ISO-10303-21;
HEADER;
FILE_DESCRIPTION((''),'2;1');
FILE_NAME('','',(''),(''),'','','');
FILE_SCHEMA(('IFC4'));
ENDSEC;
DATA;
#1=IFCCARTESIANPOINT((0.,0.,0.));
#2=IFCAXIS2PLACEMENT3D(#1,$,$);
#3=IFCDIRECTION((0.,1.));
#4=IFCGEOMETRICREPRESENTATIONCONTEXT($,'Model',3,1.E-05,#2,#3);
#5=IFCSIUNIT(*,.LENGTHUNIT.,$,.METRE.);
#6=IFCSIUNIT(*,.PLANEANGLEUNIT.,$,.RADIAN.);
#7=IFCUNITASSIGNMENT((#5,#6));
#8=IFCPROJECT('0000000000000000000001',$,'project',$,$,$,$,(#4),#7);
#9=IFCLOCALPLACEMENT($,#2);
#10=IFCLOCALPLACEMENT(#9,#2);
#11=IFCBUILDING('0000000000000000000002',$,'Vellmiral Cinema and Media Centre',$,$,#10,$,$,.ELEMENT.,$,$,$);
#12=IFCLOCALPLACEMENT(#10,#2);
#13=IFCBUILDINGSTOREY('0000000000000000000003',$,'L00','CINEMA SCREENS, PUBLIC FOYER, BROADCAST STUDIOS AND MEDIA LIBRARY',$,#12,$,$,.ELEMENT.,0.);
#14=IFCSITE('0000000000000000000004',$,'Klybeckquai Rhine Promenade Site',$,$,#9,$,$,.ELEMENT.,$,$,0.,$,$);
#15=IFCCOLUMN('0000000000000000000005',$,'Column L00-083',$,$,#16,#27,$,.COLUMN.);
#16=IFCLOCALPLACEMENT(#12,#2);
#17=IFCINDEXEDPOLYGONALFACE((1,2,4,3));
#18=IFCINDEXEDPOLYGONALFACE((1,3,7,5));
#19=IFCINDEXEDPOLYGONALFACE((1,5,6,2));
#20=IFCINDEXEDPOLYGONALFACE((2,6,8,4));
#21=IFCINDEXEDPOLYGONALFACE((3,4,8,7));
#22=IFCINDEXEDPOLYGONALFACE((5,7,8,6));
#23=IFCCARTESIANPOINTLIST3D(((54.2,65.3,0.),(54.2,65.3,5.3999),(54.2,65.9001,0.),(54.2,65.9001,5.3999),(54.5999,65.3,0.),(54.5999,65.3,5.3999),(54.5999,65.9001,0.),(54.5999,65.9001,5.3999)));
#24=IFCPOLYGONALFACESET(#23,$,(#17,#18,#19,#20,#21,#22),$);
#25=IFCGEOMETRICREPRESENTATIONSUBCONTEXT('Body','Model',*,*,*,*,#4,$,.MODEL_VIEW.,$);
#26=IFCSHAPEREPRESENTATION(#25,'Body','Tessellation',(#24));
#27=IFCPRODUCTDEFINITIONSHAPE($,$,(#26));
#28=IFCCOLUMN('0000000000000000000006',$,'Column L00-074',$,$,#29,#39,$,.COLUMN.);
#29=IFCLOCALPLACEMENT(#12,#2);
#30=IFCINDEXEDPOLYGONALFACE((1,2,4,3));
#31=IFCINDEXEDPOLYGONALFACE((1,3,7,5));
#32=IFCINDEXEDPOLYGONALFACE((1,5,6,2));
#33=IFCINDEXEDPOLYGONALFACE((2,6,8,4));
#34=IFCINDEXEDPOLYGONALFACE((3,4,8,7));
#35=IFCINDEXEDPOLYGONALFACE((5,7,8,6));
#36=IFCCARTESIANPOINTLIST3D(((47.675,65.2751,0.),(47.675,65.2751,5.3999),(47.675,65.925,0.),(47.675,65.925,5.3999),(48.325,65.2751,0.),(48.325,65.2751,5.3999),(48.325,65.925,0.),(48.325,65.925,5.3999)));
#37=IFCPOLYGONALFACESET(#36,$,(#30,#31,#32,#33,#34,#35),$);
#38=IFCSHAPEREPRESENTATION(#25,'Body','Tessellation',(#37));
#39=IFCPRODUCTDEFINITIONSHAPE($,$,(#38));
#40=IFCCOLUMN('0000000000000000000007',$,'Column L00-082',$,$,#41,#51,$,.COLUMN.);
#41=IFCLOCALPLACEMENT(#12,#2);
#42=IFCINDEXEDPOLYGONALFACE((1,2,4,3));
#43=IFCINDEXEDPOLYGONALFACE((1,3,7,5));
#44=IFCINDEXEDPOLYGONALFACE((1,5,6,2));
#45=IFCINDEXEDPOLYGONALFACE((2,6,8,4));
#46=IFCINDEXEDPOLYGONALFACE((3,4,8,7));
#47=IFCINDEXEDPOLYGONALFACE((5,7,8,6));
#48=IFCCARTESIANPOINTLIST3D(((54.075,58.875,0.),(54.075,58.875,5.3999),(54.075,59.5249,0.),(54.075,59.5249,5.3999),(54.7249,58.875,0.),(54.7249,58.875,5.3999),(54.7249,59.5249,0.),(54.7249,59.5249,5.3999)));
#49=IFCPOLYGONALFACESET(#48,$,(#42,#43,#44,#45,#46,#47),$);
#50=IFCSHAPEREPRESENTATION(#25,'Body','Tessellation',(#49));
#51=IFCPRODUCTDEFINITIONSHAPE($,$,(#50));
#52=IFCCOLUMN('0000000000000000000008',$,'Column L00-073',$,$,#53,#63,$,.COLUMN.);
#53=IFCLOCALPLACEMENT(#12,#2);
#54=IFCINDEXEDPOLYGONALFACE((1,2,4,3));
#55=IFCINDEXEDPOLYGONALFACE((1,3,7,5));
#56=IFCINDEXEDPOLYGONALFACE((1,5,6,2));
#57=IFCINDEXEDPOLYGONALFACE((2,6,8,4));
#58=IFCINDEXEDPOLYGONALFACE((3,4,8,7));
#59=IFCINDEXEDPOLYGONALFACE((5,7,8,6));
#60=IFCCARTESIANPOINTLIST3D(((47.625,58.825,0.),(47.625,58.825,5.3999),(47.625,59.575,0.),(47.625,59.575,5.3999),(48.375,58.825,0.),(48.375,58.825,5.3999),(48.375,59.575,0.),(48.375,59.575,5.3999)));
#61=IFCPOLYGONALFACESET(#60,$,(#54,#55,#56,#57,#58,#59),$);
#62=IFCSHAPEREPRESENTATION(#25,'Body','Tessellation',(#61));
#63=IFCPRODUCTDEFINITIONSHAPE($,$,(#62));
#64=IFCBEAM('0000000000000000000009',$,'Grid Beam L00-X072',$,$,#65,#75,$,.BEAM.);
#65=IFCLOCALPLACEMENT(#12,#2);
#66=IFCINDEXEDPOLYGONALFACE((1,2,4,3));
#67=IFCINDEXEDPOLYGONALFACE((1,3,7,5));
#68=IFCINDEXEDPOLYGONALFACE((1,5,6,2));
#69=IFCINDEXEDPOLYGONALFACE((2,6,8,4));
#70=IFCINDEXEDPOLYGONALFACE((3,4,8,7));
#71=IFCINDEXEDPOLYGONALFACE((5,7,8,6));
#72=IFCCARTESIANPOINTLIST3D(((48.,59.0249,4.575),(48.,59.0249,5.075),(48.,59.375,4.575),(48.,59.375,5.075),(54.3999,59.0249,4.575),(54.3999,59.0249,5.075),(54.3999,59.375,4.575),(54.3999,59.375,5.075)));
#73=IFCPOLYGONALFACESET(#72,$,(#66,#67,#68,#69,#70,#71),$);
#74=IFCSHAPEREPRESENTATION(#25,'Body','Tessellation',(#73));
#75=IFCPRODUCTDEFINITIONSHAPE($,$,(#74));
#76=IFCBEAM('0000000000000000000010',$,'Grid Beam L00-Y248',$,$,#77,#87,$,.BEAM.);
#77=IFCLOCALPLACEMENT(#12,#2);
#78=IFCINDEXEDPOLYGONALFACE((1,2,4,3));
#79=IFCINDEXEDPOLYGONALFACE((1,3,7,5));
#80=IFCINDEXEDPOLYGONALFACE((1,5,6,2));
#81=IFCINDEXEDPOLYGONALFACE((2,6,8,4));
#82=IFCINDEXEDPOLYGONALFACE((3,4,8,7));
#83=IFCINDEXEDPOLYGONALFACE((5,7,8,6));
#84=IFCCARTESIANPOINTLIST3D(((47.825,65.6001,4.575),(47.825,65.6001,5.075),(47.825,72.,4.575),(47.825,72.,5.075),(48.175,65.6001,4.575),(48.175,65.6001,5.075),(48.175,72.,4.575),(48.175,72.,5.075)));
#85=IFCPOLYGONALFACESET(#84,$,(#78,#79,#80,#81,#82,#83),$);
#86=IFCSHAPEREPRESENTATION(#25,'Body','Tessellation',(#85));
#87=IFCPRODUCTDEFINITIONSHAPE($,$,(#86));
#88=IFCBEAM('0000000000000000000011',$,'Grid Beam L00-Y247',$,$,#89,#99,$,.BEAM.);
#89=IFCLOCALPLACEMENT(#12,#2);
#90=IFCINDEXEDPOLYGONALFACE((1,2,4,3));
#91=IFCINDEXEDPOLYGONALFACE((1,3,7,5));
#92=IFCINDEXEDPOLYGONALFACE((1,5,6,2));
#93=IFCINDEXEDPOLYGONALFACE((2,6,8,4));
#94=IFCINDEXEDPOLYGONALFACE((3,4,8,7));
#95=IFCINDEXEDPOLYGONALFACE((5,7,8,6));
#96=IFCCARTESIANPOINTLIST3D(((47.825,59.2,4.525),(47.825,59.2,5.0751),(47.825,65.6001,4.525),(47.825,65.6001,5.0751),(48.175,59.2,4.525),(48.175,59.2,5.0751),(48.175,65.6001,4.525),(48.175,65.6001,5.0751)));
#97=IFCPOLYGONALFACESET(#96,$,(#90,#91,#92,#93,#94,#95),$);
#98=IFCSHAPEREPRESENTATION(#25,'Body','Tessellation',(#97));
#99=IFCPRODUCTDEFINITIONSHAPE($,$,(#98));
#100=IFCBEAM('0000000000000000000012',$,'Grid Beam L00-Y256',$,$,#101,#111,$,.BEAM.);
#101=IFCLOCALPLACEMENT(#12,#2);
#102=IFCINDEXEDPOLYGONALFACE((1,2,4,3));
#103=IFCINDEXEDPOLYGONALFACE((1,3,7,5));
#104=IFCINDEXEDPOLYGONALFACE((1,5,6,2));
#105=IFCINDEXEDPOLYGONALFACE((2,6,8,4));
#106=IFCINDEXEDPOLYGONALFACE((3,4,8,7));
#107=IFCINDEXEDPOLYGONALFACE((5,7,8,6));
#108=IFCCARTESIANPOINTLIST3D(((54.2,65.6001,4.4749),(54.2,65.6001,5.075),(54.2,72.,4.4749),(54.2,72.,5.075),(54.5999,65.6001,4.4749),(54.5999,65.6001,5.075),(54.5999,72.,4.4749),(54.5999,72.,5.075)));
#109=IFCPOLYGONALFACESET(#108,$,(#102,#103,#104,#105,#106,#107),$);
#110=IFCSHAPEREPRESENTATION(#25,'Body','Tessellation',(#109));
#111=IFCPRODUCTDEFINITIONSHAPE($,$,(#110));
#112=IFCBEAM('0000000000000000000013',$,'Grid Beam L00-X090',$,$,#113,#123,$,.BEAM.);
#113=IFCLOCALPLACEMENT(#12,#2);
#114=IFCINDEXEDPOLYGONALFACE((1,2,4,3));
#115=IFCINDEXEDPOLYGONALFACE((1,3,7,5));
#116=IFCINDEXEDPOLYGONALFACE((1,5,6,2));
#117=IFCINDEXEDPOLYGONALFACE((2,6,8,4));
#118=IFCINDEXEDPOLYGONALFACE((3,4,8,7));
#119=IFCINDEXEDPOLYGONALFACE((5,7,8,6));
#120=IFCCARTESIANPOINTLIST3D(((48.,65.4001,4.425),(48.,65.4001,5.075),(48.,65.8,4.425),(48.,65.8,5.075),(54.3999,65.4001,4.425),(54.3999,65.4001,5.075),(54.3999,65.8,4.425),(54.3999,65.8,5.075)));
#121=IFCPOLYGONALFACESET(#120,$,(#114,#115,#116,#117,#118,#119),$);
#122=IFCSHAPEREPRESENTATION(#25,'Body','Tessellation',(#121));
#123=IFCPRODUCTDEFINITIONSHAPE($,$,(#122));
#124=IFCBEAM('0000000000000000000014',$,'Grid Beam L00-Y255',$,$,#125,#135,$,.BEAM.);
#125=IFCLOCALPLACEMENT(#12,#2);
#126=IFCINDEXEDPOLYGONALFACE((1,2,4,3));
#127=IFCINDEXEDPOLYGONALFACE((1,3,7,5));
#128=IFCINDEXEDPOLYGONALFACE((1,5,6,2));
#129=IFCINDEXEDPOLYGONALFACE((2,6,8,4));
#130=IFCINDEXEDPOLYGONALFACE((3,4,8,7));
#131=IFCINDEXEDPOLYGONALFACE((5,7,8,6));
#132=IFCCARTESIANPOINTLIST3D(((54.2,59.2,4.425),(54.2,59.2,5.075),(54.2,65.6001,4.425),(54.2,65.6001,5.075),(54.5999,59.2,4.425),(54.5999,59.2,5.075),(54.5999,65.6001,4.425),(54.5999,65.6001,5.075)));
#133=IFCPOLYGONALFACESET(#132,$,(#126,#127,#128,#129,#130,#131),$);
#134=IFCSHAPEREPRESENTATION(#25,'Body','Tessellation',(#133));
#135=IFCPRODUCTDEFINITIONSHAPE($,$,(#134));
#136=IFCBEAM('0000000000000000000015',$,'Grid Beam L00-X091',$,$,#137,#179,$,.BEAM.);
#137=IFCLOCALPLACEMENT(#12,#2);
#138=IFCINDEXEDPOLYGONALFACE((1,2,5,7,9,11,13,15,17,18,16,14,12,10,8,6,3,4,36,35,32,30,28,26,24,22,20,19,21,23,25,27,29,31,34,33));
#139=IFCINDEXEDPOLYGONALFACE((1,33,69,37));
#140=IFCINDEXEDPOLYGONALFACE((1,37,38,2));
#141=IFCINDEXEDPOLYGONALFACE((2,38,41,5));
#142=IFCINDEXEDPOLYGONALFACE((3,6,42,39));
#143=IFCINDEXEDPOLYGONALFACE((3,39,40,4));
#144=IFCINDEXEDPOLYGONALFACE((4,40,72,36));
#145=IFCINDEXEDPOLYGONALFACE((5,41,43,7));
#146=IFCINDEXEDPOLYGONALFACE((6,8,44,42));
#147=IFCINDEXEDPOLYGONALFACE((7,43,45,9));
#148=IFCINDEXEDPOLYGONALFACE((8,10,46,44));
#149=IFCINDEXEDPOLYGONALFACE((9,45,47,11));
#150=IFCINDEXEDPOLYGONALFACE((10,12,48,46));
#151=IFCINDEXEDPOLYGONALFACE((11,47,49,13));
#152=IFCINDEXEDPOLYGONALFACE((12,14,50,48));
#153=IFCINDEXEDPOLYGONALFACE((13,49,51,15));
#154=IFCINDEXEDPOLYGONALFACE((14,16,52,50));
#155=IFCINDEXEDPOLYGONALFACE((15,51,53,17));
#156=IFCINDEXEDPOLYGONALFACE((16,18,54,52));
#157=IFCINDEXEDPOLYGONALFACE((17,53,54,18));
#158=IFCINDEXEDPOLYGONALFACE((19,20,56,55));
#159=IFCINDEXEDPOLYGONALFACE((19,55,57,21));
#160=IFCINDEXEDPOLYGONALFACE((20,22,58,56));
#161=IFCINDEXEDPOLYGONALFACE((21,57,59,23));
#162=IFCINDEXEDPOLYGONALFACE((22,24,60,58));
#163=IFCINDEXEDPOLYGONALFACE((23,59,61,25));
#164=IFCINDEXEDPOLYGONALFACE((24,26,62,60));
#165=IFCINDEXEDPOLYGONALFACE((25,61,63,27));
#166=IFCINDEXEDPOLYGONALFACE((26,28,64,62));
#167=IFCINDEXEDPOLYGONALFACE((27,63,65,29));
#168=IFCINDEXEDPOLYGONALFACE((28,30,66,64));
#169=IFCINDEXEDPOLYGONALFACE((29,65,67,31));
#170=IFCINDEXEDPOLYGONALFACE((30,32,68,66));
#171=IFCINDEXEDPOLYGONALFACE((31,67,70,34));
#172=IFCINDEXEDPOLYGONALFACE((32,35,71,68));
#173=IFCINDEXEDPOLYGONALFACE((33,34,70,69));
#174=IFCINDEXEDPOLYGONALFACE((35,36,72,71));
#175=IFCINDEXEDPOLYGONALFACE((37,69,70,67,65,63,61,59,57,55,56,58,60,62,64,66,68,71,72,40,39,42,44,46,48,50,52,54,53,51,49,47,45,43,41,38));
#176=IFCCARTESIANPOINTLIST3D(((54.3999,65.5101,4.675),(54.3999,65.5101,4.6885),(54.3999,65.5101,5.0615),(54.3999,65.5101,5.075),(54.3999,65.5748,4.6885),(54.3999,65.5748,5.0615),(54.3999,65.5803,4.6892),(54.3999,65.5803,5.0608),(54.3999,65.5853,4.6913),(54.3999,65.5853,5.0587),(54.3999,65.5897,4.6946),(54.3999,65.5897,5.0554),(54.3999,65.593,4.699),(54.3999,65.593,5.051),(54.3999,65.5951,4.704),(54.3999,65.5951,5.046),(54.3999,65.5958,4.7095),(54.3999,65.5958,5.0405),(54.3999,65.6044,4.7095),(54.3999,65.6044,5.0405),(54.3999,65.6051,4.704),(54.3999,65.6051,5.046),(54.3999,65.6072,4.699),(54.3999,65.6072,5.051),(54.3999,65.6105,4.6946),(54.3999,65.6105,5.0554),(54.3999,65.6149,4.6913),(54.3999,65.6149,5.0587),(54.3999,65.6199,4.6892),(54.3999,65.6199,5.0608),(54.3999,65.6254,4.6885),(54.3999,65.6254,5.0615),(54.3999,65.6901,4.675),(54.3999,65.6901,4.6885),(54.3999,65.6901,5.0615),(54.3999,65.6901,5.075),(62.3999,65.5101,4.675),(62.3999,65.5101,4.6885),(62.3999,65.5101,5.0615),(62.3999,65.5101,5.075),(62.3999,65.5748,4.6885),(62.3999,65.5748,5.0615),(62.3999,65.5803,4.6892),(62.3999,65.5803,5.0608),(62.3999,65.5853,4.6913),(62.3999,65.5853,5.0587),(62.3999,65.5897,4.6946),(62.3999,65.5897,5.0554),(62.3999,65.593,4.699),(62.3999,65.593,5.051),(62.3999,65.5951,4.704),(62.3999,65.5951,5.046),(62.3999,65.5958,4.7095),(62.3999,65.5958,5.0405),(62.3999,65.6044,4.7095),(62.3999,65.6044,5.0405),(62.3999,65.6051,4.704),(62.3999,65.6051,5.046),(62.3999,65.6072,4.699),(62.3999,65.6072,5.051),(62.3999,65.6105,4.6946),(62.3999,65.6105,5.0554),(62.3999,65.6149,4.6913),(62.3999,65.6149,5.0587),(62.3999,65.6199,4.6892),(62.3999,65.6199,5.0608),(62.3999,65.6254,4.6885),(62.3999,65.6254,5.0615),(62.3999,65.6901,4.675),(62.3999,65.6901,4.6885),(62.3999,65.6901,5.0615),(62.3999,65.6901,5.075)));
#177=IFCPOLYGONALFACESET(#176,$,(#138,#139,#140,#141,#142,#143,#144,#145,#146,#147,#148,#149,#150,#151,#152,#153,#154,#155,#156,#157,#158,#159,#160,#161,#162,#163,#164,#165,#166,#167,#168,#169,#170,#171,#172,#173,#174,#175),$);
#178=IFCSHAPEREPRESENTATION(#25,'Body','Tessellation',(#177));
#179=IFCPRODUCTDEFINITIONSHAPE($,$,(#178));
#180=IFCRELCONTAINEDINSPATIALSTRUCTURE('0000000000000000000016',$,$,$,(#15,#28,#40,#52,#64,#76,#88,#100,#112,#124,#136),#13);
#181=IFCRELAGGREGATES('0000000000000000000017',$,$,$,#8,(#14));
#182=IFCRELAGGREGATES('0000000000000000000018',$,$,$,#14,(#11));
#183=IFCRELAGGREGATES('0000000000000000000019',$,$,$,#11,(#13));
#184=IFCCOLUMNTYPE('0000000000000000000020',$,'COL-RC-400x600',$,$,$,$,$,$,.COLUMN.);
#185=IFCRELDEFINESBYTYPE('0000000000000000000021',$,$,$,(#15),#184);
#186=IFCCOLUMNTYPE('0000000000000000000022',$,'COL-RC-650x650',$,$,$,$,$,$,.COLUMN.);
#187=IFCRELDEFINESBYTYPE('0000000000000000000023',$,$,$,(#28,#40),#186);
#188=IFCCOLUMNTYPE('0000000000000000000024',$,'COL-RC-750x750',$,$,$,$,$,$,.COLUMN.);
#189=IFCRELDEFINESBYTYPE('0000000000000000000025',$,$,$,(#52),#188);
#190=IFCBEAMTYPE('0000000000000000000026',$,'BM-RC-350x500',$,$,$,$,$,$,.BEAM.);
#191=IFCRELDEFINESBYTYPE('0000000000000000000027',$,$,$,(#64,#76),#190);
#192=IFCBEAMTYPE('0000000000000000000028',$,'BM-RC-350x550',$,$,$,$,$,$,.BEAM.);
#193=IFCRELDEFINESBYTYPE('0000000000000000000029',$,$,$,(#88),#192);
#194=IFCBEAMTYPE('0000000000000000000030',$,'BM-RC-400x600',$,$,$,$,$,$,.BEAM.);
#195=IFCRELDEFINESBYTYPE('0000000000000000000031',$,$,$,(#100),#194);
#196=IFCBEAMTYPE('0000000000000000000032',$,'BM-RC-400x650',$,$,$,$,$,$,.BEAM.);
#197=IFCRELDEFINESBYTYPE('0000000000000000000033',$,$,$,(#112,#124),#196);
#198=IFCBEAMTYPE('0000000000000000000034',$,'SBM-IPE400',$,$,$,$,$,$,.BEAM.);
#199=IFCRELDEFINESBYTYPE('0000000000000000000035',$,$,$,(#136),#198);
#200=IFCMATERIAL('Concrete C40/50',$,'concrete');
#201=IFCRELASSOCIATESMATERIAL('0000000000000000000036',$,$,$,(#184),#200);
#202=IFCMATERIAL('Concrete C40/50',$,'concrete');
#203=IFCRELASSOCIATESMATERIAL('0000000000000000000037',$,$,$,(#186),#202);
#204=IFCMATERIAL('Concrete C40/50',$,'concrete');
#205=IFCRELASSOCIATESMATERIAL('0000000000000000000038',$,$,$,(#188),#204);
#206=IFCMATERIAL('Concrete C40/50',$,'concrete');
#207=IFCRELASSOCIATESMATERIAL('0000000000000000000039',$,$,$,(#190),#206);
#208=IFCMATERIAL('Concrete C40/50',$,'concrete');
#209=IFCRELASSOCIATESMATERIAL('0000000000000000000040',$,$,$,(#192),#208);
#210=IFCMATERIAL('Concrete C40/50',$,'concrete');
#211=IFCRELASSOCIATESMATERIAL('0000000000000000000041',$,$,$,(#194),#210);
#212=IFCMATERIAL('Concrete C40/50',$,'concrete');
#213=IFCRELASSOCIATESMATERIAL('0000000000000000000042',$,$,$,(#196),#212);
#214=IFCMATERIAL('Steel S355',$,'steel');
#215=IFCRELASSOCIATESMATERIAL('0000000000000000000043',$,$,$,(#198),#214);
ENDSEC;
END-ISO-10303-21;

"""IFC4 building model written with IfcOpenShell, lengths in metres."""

from ifc_helpers import new_model, si_unit, direction, frame, origin, origin_2d, place, context, subcontext, project, spatial, rectangle, i_section, extrude, material, material_profile, profile_set, type_object, element, save


model = new_model("IFC4")

# Units and contexts
model_context = context("Model", 3, precision=1e-05, world=origin(), true_north=direction((0.0, 1.0)))
body_context = subcontext(model_context, "Body", "Model", "MODEL_VIEW")
ifc_project = project(units=[si_unit("LENGTHUNIT", "METRE"), si_unit("PLANEANGLEUNIT", "RADIAN")], contexts=[model_context])

# Site, building, storey
site_placement = place(None, origin())
site = spatial("IfcSite", under=ifc_project, at=site_placement, Name="Klybeckquai Rhine Promenade Site", CompositionType="ELEMENT", RefElevation=0.0)
building_placement = place(site_placement, origin())
building = spatial("IfcBuilding", under=site, at=building_placement, Name="Vellmiral Cinema and Media Centre", CompositionType="ELEMENT")
storey_placement = place(building_placement, origin())
storey = spatial("IfcBuildingStorey", under=building, at=storey_placement, Name="L00", Description="CINEMA SCREENS, PUBLIC FOYER, BROADCAST STUDIOS AND MEDIA LIBRARY", CompositionType="ELEMENT", Elevation=0.0)

# Columns
ifc_material_1 = material(Name="Concrete C40/50", Category="concrete")
ifc_material_profile_1 = material_profile(ifc_material_1, rectangle(XDim=0.3999, YDim=0.6001, at=origin_2d()), Name="RC 400x600")
ifc_profile_set_1 = profile_set([ifc_material_profile_1], Name="Concrete C40/50")
column_type_1 = type_object("IfcColumnType", Name="COL-RC-400x600", PredefinedType="COLUMN", material=ifc_profile_set_1)
column_1_placement = place(storey_placement, frame((54.3999, 65.6001, 0.0), z_axis=(0.0, 0.0, 1.0), x_axis=(1.0, 0.0, 0.0)))
element("IfcColumn", 1, at=column_1_placement, inside=storey, type_object=column_type_1, Name="Column L00-083", PredefinedType="COLUMN", context=body_context, shape_type="SweptSolid", body=[
    extrude(rectangle(XDim=0.3999, YDim=0.6001, at=origin_2d()), origin(), (0.0, 0.0, 1.0), 5.3999),
])
ifc_material_2 = material(Name="Concrete C40/50", Category="concrete")
ifc_material_profile_2 = material_profile(ifc_material_2, rectangle(XDim=0.6499, YDim=0.6499, at=origin_2d()), Name="RC 650x650")
ifc_profile_set_2 = profile_set([ifc_material_profile_2], Name="Concrete C40/50")
column_type_2 = type_object("IfcColumnType", Name="COL-RC-650x650", PredefinedType="COLUMN", material=ifc_profile_set_2)
for number, where, z_axis, x_axis, name in (
    (2, (48.0, 65.6001, 0.0), (0.0, 0.0, 1.0), (1.0, 0.0, 0.0), "Column L00-074"),
    (3, (54.3999, 59.2, 0.0), (0.0, 0.0, 1.0), (1.0, 0.0, 0.0), "Column L00-082"),
):
    element("IfcColumn", number, at=place(storey_placement, frame(where, z_axis=z_axis, x_axis=x_axis)), inside=storey, type_object=column_type_2, Name=name, PredefinedType="COLUMN", context=body_context, shape_type="SweptSolid", body=[
        extrude(rectangle(XDim=0.6499, YDim=0.6499, at=origin_2d()), origin(), (0.0, 0.0, 1.0), 5.3999),
    ])
ifc_material_3 = material(Name="Concrete C40/50", Category="concrete")
ifc_material_profile_3 = material_profile(ifc_material_3, rectangle(XDim=0.75, YDim=0.75, at=origin_2d()), Name="RC 750x750")
ifc_profile_set_3 = profile_set([ifc_material_profile_3], Name="Concrete C40/50")
column_type_3 = type_object("IfcColumnType", Name="COL-RC-750x750", PredefinedType="COLUMN", material=ifc_profile_set_3)
column_2_placement = place(storey_placement, frame((48.0, 59.2, 0.0), z_axis=(0.0, 0.0, 1.0), x_axis=(1.0, 0.0, 0.0)))
element("IfcColumn", 4, at=column_2_placement, inside=storey, type_object=column_type_3, Name="Column L00-073", PredefinedType="COLUMN", context=body_context, shape_type="SweptSolid", body=[
    extrude(rectangle(XDim=0.75, YDim=0.75, at=origin_2d()), origin(), (0.0, 0.0, 1.0), 5.3999),
])

# Beams
ifc_material_4 = material(Name="Concrete C40/50", Category="concrete")
ifc_material_profile_4 = material_profile(ifc_material_4, rectangle(XDim=0.3501, YDim=0.5, at=origin_2d()), Name="RC 350x500")
ifc_profile_set_4 = profile_set([ifc_material_profile_4], Name="Concrete C40/50")
beam_type_1 = type_object("IfcBeamType", Name="BM-RC-350x500", PredefinedType="BEAM", material=ifc_profile_set_4)
for number, where, z_axis, x_axis, name in (
    (5, (48.0, 59.2, 4.825), (1.0, 0.0, 0.0), (0.0, 1.0, 0.0), "Grid Beam L00-X072"),
    (6, (48.0, 65.6001, 4.825), (0.0, 1.0, 0.0), (-1.0, 0.0, 0.0), "Grid Beam L00-Y248"),
):
    element("IfcBeam", number, at=place(storey_placement, frame(where, z_axis=z_axis, x_axis=x_axis)), inside=storey, type_object=beam_type_1, Name=name, PredefinedType="BEAM", context=body_context, shape_type="SweptSolid", body=[
        extrude(rectangle(XDim=0.3501, YDim=0.5, at=origin_2d()), origin(), (0.0, 0.0, 1.0), 6.3999),
    ])
ifc_material_5 = material(Name="Concrete C40/50", Category="concrete")
ifc_material_profile_5 = material_profile(ifc_material_5, rectangle(XDim=0.3501, YDim=0.55, at=origin_2d()), Name="RC 350x550")
ifc_profile_set_5 = profile_set([ifc_material_profile_5], Name="Concrete C40/50")
beam_type_2 = type_object("IfcBeamType", Name="BM-RC-350x550", PredefinedType="BEAM", material=ifc_profile_set_5)
beam_1_placement = place(storey_placement, frame((48.0, 59.2, 4.8), z_axis=(0.0, 1.0, 0.0), x_axis=(-1.0, 0.0, 0.0)))
element("IfcBeam", 7, at=beam_1_placement, inside=storey, type_object=beam_type_2, Name="Grid Beam L00-Y247", PredefinedType="BEAM", context=body_context, shape_type="SweptSolid", body=[
    extrude(rectangle(XDim=0.3501, YDim=0.55, at=origin_2d()), origin(), (0.0, 0.0, 1.0), 6.4001),
])
ifc_material_6 = material(Name="Concrete C40/50", Category="concrete")
ifc_material_profile_6 = material_profile(ifc_material_6, rectangle(XDim=0.3999, YDim=0.6001, at=origin_2d()), Name="RC 400x600")
ifc_profile_set_6 = profile_set([ifc_material_profile_6], Name="Concrete C40/50")
beam_type_3 = type_object("IfcBeamType", Name="BM-RC-400x600", PredefinedType="BEAM", material=ifc_profile_set_6)
beam_2_placement = place(storey_placement, frame((54.3999, 65.6001, 4.7749), z_axis=(0.0, 1.0, 0.0), x_axis=(-1.0, 0.0, 0.0)))
element("IfcBeam", 8, at=beam_2_placement, inside=storey, type_object=beam_type_3, Name="Grid Beam L00-Y256", PredefinedType="BEAM", context=body_context, shape_type="SweptSolid", body=[
    extrude(rectangle(XDim=0.3999, YDim=0.6001, at=origin_2d()), origin(), (0.0, 0.0, 1.0), 6.3999),
])
ifc_material_7 = material(Name="Concrete C40/50", Category="concrete")
ifc_material_profile_7 = material_profile(ifc_material_7, rectangle(XDim=0.3999, YDim=0.6499, at=origin_2d()), Name="RC 400x650")
ifc_profile_set_7 = profile_set([ifc_material_profile_7], Name="Concrete C40/50")
beam_type_4 = type_object("IfcBeamType", Name="BM-RC-400x650", PredefinedType="BEAM", material=ifc_profile_set_7)
beam_3_placement = place(storey_placement, frame((48.0, 65.6001, 4.75), z_axis=(1.0, 0.0, 0.0), x_axis=(0.0, 1.0, 0.0)))
element("IfcBeam", 9, at=beam_3_placement, inside=storey, type_object=beam_type_4, Name="Grid Beam L00-X090", PredefinedType="BEAM", context=body_context, shape_type="SweptSolid", body=[
    extrude(rectangle(XDim=0.3999, YDim=0.6499, at=origin_2d()), origin(), (0.0, 0.0, 1.0), 6.3999),
])
beam_4_placement = place(storey_placement, frame((54.3999, 59.2, 4.75), z_axis=(0.0, 1.0, 0.0), x_axis=(-1.0, 0.0, 0.0)))
element("IfcBeam", 10, at=beam_4_placement, inside=storey, type_object=beam_type_4, Name="Grid Beam L00-Y255", PredefinedType="BEAM", context=body_context, shape_type="SweptSolid", body=[
    extrude(rectangle(XDim=0.3999, YDim=0.6499, at=origin_2d()), origin(), (0.0, 0.0, 1.0), 6.4001),
])
ifc_material_8 = material(Name="Steel S355", Category="steel")
ifc_material_profile_8 = material_profile(ifc_material_8, i_section(OverallWidth=0.1799, OverallDepth=0.3999, WebThickness=0.0085, FlangeThickness=0.0134, FilletRadius=0.021, at=origin_2d()), Name="IPE 400")
ifc_profile_set_8 = profile_set([ifc_material_profile_8], Name="Steel S355")
beam_type_5 = type_object("IfcBeamType", Name="SBM-IPE400", PredefinedType="BEAM", material=ifc_profile_set_8)
beam_5_placement = place(storey_placement, frame((54.3999, 65.6001, 4.875), z_axis=(1.0, 0.0, 0.0), x_axis=(0.0, 1.0, 0.0)))
element("IfcBeam", 11, at=beam_5_placement, inside=storey, type_object=beam_type_5, Name="Grid Beam L00-X091", PredefinedType="BEAM", context=body_context, shape_type="SweptSolid", body=[
    extrude(i_section(OverallWidth=0.1799, OverallDepth=0.3999, WebThickness=0.0085, FlangeThickness=0.0134, FilletRadius=0.021, at=origin_2d()), origin(), (0.0, 0.0, 1.0), 8.0),
])

save(model, "model.ifc")
